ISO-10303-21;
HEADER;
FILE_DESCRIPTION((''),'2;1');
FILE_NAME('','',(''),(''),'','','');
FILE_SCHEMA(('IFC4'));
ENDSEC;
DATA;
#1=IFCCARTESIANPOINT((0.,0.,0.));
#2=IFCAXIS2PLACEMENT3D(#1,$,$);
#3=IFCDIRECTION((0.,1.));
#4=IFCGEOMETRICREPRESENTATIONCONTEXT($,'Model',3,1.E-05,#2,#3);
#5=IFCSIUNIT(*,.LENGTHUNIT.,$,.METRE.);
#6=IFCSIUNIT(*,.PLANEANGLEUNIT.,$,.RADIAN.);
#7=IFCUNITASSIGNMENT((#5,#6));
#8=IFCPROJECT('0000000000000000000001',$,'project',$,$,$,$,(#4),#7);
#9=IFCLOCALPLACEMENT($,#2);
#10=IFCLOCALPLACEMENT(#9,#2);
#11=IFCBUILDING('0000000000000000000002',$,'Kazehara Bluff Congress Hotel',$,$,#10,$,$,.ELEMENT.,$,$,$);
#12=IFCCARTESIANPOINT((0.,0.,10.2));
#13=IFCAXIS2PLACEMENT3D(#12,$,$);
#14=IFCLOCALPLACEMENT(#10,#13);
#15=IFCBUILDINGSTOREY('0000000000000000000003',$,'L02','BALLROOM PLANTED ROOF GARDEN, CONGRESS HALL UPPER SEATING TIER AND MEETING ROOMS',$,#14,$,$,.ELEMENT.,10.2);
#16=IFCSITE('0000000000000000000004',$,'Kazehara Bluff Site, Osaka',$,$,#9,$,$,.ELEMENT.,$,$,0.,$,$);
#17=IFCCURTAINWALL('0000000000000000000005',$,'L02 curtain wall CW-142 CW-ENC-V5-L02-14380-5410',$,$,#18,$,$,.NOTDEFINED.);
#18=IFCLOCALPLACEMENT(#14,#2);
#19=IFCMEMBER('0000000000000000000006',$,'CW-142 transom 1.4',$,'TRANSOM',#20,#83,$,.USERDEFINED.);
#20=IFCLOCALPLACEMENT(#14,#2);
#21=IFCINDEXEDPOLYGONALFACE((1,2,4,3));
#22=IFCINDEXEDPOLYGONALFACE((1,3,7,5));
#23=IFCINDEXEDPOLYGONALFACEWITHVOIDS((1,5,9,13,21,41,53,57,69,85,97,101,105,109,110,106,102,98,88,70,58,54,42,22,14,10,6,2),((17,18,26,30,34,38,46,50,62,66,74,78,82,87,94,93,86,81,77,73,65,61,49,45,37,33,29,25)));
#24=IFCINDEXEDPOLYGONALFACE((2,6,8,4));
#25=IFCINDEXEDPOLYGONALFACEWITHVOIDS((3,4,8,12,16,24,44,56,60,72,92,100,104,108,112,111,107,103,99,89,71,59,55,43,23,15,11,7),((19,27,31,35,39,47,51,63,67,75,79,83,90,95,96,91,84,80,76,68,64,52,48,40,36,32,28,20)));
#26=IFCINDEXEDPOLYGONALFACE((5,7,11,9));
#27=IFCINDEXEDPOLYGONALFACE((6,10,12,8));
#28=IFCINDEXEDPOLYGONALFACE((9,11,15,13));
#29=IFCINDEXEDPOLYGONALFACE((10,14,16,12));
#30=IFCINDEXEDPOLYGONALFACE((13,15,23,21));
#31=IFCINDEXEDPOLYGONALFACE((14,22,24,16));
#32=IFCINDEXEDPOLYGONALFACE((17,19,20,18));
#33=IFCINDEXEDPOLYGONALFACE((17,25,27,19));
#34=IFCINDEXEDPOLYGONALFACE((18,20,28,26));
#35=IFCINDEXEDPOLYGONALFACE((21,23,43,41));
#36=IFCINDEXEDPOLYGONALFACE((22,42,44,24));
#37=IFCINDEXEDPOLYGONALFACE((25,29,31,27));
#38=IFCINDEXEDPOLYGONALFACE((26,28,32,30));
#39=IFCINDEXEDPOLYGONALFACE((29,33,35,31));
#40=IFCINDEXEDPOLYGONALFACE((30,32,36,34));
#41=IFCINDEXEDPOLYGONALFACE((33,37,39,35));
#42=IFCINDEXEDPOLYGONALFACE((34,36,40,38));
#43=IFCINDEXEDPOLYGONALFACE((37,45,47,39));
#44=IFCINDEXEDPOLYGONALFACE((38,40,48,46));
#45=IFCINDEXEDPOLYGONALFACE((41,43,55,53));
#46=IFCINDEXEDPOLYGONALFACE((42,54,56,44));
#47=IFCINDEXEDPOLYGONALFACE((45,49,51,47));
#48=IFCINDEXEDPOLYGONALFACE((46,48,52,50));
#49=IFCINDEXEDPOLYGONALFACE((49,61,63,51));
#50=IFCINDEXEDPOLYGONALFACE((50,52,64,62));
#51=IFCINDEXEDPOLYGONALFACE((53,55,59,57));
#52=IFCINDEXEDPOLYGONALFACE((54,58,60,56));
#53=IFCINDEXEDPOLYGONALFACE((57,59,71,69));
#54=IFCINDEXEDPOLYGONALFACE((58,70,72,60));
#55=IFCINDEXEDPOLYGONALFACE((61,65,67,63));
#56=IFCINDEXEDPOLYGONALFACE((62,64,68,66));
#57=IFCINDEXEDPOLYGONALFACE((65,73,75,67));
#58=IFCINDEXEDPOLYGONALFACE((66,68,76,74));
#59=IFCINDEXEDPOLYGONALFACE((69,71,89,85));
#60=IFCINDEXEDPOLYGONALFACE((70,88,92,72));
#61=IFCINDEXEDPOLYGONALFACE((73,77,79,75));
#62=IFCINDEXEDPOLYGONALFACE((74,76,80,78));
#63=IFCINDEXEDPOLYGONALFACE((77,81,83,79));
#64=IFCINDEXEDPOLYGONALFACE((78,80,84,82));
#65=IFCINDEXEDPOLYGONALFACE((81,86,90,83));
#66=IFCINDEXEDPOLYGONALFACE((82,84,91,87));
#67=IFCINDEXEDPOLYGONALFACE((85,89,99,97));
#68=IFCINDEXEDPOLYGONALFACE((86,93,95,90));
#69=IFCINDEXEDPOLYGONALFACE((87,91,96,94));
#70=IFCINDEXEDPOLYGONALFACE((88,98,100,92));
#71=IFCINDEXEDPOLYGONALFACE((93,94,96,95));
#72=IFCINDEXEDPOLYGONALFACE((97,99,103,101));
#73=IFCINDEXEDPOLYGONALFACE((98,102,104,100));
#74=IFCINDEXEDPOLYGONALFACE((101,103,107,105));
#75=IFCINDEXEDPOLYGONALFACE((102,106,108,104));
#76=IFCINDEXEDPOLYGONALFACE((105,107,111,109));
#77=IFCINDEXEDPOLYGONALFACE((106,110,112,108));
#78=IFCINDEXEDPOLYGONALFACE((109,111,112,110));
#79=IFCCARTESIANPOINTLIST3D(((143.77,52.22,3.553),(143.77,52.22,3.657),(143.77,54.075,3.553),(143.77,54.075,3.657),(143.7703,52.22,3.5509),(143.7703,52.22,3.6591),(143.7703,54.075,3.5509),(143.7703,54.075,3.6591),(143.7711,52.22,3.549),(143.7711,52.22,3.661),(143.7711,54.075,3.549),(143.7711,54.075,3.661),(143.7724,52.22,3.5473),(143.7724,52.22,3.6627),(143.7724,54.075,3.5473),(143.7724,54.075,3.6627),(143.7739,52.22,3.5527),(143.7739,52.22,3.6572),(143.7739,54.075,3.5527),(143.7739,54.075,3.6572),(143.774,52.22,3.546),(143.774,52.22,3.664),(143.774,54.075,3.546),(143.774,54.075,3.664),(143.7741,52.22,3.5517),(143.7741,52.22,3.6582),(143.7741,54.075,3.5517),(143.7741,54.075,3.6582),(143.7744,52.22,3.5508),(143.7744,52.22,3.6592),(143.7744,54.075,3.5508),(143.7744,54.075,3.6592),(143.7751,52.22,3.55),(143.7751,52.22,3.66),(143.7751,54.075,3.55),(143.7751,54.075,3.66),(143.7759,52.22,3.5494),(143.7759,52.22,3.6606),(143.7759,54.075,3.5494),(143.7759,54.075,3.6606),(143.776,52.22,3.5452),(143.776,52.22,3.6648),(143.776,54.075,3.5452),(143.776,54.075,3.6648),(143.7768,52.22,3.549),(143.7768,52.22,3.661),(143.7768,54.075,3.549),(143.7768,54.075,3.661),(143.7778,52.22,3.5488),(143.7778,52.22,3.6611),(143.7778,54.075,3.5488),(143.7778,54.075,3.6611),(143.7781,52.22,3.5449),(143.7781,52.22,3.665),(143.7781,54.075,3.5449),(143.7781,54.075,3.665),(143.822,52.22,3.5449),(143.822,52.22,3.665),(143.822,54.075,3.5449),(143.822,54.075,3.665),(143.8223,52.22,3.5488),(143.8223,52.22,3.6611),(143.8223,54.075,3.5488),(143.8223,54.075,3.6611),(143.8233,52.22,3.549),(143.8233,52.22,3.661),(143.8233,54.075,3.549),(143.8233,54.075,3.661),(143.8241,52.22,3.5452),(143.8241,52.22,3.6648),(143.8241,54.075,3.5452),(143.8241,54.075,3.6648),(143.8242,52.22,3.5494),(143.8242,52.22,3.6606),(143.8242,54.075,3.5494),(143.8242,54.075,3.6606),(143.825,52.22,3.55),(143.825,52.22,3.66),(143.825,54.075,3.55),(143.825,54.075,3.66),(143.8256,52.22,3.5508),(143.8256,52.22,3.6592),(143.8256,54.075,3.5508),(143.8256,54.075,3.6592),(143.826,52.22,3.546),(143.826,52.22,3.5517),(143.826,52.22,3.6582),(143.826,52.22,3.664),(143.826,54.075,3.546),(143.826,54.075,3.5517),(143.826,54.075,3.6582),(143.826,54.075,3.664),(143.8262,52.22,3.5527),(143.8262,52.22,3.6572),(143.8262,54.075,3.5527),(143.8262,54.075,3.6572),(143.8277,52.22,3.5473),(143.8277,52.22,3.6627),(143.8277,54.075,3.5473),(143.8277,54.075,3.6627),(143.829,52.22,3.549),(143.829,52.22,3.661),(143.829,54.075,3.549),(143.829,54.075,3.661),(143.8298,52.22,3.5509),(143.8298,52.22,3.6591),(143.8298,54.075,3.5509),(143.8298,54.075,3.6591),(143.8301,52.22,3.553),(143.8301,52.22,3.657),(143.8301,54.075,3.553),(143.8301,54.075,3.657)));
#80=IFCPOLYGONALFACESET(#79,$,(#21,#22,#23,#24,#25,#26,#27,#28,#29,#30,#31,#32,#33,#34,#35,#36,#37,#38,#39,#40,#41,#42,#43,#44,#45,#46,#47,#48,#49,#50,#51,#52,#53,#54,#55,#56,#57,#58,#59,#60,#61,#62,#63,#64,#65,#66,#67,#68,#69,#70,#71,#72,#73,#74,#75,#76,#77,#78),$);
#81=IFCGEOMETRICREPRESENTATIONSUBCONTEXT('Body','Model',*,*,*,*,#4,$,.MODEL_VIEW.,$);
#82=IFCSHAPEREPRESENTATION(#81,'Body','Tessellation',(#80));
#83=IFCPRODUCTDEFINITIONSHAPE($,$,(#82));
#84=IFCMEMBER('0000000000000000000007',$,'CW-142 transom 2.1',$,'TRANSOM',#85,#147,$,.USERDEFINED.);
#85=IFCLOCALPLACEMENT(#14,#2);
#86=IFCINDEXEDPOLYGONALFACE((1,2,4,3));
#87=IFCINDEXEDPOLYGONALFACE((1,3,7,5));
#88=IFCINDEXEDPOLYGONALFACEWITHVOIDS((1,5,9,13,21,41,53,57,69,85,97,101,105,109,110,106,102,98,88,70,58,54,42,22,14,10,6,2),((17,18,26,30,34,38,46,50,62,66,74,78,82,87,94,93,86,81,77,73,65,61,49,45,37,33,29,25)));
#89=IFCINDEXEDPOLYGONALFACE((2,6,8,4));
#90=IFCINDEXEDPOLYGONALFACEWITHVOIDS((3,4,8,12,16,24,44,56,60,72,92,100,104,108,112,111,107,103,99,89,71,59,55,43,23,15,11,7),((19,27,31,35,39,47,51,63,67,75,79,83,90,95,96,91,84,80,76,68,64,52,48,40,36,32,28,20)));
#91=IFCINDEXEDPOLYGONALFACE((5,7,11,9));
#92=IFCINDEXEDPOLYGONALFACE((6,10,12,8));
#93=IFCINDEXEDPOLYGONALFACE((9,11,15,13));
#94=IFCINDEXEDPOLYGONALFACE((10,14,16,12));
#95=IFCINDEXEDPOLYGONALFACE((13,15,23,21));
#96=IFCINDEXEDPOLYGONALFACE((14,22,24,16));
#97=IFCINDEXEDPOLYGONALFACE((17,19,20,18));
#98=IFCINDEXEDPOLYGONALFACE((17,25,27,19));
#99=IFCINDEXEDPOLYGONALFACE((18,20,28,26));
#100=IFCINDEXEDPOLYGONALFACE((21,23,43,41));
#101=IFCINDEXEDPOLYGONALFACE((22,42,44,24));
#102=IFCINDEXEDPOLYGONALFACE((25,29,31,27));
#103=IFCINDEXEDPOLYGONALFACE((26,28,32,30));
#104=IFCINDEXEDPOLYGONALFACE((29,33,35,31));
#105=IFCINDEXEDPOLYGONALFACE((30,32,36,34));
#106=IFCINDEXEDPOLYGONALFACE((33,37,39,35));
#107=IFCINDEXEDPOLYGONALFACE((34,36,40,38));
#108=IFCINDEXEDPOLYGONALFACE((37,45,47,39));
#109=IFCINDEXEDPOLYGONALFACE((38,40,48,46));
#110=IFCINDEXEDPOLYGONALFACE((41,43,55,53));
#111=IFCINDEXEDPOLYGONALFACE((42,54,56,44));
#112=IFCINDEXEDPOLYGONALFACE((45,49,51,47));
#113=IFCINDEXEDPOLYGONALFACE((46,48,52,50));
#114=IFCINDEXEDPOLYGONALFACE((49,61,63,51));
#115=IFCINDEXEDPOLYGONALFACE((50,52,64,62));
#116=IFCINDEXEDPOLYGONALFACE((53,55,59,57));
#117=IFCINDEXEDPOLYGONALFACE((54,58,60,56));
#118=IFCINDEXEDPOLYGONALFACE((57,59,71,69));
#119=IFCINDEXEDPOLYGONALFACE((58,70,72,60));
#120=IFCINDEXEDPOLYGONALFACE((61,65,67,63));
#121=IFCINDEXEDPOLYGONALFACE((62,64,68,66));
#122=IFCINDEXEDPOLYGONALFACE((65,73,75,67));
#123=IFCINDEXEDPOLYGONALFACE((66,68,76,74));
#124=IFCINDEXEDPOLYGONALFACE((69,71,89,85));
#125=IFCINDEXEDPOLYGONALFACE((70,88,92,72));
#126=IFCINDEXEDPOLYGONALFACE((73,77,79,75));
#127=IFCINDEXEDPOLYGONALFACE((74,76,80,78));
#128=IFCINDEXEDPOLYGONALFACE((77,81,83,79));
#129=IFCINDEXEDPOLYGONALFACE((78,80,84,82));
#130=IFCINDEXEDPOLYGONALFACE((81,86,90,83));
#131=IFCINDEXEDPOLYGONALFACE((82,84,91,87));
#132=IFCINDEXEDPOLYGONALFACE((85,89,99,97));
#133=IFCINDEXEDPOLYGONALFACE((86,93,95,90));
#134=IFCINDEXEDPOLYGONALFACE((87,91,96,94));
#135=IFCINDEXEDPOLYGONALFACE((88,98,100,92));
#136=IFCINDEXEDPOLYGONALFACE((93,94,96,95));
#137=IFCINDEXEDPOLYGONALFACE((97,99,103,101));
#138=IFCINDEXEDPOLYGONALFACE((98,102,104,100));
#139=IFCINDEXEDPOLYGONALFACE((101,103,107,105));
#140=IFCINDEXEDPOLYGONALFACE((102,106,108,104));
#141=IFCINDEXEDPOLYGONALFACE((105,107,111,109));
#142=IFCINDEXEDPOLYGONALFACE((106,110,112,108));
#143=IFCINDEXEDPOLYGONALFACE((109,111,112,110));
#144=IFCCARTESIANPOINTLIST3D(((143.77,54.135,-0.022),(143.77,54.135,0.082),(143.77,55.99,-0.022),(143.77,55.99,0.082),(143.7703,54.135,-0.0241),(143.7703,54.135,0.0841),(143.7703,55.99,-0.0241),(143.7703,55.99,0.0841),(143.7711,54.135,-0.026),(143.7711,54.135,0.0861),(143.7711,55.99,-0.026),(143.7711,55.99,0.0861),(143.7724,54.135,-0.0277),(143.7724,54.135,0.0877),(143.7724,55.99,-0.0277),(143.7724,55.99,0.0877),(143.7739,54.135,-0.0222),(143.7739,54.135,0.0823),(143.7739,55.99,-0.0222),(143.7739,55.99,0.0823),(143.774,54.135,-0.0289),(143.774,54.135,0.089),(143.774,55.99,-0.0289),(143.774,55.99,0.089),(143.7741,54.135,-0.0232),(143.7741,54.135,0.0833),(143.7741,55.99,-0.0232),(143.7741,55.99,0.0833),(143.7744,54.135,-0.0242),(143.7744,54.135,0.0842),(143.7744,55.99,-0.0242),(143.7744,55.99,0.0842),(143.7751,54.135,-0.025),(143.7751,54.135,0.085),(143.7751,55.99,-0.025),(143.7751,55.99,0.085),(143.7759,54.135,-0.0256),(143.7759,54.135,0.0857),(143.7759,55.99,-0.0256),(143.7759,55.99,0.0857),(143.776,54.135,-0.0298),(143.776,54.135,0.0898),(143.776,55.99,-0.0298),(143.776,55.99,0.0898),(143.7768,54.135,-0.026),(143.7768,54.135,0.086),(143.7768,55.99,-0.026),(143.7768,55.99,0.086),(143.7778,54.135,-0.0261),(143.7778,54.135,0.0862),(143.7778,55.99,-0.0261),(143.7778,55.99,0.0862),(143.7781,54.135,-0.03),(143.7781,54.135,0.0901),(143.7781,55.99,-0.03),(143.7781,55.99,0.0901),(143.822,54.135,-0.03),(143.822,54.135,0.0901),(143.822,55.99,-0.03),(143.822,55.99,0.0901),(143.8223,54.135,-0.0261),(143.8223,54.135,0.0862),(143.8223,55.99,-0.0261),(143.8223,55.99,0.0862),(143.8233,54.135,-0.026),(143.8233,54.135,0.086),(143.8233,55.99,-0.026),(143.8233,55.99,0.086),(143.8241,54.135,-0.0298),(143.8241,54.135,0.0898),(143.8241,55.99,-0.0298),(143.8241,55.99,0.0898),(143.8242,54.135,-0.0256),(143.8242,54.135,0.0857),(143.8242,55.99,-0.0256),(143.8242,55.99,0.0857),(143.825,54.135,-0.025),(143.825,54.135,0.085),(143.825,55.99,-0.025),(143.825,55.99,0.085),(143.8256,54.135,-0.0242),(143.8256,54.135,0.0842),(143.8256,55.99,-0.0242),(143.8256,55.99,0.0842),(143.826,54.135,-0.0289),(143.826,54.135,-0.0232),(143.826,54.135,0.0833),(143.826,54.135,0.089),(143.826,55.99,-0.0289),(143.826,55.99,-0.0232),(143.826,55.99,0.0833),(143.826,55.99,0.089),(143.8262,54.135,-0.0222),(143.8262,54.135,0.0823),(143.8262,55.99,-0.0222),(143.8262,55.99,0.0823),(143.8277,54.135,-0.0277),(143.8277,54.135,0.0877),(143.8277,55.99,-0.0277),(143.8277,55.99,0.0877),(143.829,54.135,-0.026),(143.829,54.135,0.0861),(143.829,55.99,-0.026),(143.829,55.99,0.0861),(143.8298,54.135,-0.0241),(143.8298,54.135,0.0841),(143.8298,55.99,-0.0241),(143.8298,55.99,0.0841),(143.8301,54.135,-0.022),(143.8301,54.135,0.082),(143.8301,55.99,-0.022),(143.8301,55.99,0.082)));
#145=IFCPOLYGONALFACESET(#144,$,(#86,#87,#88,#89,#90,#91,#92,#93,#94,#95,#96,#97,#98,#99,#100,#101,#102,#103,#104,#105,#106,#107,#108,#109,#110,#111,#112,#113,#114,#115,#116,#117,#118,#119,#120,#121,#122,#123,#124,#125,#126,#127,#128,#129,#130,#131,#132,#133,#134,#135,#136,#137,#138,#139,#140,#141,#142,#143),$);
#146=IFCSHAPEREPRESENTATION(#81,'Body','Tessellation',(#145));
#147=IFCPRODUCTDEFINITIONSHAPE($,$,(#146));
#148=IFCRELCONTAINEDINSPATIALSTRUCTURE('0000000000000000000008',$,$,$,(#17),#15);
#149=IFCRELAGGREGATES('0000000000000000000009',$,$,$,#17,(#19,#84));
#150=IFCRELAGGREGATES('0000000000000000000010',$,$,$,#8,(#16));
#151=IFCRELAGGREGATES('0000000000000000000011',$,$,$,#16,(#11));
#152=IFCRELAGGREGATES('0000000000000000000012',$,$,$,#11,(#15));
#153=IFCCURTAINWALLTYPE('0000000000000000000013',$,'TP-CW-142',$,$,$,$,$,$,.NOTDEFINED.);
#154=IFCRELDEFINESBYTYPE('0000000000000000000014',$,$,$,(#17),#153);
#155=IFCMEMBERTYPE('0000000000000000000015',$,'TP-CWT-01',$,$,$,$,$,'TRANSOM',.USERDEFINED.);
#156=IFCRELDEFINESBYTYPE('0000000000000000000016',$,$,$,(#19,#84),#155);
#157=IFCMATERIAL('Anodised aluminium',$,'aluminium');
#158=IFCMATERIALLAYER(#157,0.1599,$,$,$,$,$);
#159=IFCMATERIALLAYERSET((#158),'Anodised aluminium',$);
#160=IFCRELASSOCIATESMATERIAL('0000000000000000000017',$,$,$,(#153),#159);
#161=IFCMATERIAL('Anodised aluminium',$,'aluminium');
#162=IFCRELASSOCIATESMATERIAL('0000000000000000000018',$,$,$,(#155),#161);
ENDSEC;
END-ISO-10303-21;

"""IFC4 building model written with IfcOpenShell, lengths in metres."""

from ifc_helpers import new_model, si_unit, direction, frame, origin, origin_2d, place, context, subcontext, project, spatial, hollow_rectangle, extrude, material, layer, layer_set, material_profile, profile_set, type_object, element, aggregate, save


model = new_model("IFC4")

# Units and contexts
model_context = context("Model", 3, precision=1e-05, world=origin(), true_north=direction((0.0, 1.0)))
body_context = subcontext(model_context, "Body", "Model", "MODEL_VIEW")
ifc_project = project(units=[si_unit("LENGTHUNIT", "METRE"), si_unit("PLANEANGLEUNIT", "RADIAN")], contexts=[model_context])

# Site, building, storey
site_placement = place(None, origin())
site = spatial("IfcSite", under=ifc_project, at=site_placement, Name="Kazehara Bluff Site, Osaka", CompositionType="ELEMENT", RefElevation=0.0)
building_placement = place(site_placement, origin())
building = spatial("IfcBuilding", under=site, at=building_placement, Name="Kazehara Bluff Congress Hotel", CompositionType="ELEMENT")
storey_placement = place(building_placement, frame((0.0, 0.0, 10.2)))
storey = spatial("IfcBuildingStorey", under=building, at=storey_placement, Name="L02", Description="BALLROOM PLANTED ROOF GARDEN, CONGRESS HALL UPPER SEATING TIER AND MEETING ROOMS", CompositionType="ELEMENT", Elevation=10.2)

# Curtain wall
ifc_material_1 = material(Name="Anodised aluminium", Category="aluminium")
ifc_layer_1 = layer(ifc_material_1, 0.1599)
ifc_layer_set_1 = layer_set([ifc_layer_1], Name="Anodised aluminium")
curtain_wall_type_1 = type_object("IfcCurtainWallType", Name="TP-CW-142", PredefinedType="NOTDEFINED", material=ifc_layer_set_1)
curtain_wall_1_placement = place(storey_placement, origin())
curtain_wall_1 = element("IfcCurtainWall", 1, at=curtain_wall_1_placement, inside=storey, type_object=curtain_wall_type_1, Name="L02 curtain wall CW-142 CW-ENC-V5-L02-14380-5410", PredefinedType="NOTDEFINED")

# Members
ifc_material_2 = material(Name="Anodised aluminium", Category="aluminium")
ifc_material_profile_1 = material_profile(ifc_material_2, hollow_rectangle(XDim=0.0601, YDim=0.1201, WallThickness=0.0039, InnerFilletRadius=0.0039, OuterFilletRadius=0.0081, at=origin_2d()))
ifc_profile_set_1 = profile_set([ifc_material_profile_1], Name="Anodised aluminium")
member_type_1 = type_object("IfcMemberType", Name="TP-CWT-01", ElementType="TRANSOM", PredefinedType="USERDEFINED", material=ifc_profile_set_1)
member_1_placement = place(storey_placement, frame((143.8, 52.22, 3.605), z_axis=(0.0, 1.0, 0.0), x_axis=(-1.0, 0.0, 0.0)))
member_1 = element("IfcMember", 2, at=member_1_placement, type_object=member_type_1, Name="CW-142 transom 1.4", ObjectType="TRANSOM", PredefinedType="USERDEFINED", context=body_context, shape_type="SweptSolid", body=[
    extrude(hollow_rectangle(XDim=0.0601, YDim=0.1201, WallThickness=0.0039, InnerFilletRadius=0.0039, OuterFilletRadius=0.0081, at=origin_2d()), origin(), (0.0, 0.0, 1.0), 1.855),
])
member_2_placement = place(storey_placement, frame((143.8, 54.135, 0.03), z_axis=(0.0, 1.0, 0.0), x_axis=(-1.0, 0.0, 0.0)))
member_2 = element("IfcMember", 3, at=member_2_placement, type_object=member_type_1, Name="CW-142 transom 2.1", ObjectType="TRANSOM", PredefinedType="USERDEFINED", context=body_context, shape_type="SweptSolid", body=[
    extrude(hollow_rectangle(XDim=0.0601, YDim=0.1201, WallThickness=0.0039, InnerFilletRadius=0.0039, OuterFilletRadius=0.0081, at=origin_2d()), origin(), (0.0, 0.0, 1.0), 1.855),
])

aggregate(curtain_wall_1, [member_1, member_2])

save(model, "model.ifc")
